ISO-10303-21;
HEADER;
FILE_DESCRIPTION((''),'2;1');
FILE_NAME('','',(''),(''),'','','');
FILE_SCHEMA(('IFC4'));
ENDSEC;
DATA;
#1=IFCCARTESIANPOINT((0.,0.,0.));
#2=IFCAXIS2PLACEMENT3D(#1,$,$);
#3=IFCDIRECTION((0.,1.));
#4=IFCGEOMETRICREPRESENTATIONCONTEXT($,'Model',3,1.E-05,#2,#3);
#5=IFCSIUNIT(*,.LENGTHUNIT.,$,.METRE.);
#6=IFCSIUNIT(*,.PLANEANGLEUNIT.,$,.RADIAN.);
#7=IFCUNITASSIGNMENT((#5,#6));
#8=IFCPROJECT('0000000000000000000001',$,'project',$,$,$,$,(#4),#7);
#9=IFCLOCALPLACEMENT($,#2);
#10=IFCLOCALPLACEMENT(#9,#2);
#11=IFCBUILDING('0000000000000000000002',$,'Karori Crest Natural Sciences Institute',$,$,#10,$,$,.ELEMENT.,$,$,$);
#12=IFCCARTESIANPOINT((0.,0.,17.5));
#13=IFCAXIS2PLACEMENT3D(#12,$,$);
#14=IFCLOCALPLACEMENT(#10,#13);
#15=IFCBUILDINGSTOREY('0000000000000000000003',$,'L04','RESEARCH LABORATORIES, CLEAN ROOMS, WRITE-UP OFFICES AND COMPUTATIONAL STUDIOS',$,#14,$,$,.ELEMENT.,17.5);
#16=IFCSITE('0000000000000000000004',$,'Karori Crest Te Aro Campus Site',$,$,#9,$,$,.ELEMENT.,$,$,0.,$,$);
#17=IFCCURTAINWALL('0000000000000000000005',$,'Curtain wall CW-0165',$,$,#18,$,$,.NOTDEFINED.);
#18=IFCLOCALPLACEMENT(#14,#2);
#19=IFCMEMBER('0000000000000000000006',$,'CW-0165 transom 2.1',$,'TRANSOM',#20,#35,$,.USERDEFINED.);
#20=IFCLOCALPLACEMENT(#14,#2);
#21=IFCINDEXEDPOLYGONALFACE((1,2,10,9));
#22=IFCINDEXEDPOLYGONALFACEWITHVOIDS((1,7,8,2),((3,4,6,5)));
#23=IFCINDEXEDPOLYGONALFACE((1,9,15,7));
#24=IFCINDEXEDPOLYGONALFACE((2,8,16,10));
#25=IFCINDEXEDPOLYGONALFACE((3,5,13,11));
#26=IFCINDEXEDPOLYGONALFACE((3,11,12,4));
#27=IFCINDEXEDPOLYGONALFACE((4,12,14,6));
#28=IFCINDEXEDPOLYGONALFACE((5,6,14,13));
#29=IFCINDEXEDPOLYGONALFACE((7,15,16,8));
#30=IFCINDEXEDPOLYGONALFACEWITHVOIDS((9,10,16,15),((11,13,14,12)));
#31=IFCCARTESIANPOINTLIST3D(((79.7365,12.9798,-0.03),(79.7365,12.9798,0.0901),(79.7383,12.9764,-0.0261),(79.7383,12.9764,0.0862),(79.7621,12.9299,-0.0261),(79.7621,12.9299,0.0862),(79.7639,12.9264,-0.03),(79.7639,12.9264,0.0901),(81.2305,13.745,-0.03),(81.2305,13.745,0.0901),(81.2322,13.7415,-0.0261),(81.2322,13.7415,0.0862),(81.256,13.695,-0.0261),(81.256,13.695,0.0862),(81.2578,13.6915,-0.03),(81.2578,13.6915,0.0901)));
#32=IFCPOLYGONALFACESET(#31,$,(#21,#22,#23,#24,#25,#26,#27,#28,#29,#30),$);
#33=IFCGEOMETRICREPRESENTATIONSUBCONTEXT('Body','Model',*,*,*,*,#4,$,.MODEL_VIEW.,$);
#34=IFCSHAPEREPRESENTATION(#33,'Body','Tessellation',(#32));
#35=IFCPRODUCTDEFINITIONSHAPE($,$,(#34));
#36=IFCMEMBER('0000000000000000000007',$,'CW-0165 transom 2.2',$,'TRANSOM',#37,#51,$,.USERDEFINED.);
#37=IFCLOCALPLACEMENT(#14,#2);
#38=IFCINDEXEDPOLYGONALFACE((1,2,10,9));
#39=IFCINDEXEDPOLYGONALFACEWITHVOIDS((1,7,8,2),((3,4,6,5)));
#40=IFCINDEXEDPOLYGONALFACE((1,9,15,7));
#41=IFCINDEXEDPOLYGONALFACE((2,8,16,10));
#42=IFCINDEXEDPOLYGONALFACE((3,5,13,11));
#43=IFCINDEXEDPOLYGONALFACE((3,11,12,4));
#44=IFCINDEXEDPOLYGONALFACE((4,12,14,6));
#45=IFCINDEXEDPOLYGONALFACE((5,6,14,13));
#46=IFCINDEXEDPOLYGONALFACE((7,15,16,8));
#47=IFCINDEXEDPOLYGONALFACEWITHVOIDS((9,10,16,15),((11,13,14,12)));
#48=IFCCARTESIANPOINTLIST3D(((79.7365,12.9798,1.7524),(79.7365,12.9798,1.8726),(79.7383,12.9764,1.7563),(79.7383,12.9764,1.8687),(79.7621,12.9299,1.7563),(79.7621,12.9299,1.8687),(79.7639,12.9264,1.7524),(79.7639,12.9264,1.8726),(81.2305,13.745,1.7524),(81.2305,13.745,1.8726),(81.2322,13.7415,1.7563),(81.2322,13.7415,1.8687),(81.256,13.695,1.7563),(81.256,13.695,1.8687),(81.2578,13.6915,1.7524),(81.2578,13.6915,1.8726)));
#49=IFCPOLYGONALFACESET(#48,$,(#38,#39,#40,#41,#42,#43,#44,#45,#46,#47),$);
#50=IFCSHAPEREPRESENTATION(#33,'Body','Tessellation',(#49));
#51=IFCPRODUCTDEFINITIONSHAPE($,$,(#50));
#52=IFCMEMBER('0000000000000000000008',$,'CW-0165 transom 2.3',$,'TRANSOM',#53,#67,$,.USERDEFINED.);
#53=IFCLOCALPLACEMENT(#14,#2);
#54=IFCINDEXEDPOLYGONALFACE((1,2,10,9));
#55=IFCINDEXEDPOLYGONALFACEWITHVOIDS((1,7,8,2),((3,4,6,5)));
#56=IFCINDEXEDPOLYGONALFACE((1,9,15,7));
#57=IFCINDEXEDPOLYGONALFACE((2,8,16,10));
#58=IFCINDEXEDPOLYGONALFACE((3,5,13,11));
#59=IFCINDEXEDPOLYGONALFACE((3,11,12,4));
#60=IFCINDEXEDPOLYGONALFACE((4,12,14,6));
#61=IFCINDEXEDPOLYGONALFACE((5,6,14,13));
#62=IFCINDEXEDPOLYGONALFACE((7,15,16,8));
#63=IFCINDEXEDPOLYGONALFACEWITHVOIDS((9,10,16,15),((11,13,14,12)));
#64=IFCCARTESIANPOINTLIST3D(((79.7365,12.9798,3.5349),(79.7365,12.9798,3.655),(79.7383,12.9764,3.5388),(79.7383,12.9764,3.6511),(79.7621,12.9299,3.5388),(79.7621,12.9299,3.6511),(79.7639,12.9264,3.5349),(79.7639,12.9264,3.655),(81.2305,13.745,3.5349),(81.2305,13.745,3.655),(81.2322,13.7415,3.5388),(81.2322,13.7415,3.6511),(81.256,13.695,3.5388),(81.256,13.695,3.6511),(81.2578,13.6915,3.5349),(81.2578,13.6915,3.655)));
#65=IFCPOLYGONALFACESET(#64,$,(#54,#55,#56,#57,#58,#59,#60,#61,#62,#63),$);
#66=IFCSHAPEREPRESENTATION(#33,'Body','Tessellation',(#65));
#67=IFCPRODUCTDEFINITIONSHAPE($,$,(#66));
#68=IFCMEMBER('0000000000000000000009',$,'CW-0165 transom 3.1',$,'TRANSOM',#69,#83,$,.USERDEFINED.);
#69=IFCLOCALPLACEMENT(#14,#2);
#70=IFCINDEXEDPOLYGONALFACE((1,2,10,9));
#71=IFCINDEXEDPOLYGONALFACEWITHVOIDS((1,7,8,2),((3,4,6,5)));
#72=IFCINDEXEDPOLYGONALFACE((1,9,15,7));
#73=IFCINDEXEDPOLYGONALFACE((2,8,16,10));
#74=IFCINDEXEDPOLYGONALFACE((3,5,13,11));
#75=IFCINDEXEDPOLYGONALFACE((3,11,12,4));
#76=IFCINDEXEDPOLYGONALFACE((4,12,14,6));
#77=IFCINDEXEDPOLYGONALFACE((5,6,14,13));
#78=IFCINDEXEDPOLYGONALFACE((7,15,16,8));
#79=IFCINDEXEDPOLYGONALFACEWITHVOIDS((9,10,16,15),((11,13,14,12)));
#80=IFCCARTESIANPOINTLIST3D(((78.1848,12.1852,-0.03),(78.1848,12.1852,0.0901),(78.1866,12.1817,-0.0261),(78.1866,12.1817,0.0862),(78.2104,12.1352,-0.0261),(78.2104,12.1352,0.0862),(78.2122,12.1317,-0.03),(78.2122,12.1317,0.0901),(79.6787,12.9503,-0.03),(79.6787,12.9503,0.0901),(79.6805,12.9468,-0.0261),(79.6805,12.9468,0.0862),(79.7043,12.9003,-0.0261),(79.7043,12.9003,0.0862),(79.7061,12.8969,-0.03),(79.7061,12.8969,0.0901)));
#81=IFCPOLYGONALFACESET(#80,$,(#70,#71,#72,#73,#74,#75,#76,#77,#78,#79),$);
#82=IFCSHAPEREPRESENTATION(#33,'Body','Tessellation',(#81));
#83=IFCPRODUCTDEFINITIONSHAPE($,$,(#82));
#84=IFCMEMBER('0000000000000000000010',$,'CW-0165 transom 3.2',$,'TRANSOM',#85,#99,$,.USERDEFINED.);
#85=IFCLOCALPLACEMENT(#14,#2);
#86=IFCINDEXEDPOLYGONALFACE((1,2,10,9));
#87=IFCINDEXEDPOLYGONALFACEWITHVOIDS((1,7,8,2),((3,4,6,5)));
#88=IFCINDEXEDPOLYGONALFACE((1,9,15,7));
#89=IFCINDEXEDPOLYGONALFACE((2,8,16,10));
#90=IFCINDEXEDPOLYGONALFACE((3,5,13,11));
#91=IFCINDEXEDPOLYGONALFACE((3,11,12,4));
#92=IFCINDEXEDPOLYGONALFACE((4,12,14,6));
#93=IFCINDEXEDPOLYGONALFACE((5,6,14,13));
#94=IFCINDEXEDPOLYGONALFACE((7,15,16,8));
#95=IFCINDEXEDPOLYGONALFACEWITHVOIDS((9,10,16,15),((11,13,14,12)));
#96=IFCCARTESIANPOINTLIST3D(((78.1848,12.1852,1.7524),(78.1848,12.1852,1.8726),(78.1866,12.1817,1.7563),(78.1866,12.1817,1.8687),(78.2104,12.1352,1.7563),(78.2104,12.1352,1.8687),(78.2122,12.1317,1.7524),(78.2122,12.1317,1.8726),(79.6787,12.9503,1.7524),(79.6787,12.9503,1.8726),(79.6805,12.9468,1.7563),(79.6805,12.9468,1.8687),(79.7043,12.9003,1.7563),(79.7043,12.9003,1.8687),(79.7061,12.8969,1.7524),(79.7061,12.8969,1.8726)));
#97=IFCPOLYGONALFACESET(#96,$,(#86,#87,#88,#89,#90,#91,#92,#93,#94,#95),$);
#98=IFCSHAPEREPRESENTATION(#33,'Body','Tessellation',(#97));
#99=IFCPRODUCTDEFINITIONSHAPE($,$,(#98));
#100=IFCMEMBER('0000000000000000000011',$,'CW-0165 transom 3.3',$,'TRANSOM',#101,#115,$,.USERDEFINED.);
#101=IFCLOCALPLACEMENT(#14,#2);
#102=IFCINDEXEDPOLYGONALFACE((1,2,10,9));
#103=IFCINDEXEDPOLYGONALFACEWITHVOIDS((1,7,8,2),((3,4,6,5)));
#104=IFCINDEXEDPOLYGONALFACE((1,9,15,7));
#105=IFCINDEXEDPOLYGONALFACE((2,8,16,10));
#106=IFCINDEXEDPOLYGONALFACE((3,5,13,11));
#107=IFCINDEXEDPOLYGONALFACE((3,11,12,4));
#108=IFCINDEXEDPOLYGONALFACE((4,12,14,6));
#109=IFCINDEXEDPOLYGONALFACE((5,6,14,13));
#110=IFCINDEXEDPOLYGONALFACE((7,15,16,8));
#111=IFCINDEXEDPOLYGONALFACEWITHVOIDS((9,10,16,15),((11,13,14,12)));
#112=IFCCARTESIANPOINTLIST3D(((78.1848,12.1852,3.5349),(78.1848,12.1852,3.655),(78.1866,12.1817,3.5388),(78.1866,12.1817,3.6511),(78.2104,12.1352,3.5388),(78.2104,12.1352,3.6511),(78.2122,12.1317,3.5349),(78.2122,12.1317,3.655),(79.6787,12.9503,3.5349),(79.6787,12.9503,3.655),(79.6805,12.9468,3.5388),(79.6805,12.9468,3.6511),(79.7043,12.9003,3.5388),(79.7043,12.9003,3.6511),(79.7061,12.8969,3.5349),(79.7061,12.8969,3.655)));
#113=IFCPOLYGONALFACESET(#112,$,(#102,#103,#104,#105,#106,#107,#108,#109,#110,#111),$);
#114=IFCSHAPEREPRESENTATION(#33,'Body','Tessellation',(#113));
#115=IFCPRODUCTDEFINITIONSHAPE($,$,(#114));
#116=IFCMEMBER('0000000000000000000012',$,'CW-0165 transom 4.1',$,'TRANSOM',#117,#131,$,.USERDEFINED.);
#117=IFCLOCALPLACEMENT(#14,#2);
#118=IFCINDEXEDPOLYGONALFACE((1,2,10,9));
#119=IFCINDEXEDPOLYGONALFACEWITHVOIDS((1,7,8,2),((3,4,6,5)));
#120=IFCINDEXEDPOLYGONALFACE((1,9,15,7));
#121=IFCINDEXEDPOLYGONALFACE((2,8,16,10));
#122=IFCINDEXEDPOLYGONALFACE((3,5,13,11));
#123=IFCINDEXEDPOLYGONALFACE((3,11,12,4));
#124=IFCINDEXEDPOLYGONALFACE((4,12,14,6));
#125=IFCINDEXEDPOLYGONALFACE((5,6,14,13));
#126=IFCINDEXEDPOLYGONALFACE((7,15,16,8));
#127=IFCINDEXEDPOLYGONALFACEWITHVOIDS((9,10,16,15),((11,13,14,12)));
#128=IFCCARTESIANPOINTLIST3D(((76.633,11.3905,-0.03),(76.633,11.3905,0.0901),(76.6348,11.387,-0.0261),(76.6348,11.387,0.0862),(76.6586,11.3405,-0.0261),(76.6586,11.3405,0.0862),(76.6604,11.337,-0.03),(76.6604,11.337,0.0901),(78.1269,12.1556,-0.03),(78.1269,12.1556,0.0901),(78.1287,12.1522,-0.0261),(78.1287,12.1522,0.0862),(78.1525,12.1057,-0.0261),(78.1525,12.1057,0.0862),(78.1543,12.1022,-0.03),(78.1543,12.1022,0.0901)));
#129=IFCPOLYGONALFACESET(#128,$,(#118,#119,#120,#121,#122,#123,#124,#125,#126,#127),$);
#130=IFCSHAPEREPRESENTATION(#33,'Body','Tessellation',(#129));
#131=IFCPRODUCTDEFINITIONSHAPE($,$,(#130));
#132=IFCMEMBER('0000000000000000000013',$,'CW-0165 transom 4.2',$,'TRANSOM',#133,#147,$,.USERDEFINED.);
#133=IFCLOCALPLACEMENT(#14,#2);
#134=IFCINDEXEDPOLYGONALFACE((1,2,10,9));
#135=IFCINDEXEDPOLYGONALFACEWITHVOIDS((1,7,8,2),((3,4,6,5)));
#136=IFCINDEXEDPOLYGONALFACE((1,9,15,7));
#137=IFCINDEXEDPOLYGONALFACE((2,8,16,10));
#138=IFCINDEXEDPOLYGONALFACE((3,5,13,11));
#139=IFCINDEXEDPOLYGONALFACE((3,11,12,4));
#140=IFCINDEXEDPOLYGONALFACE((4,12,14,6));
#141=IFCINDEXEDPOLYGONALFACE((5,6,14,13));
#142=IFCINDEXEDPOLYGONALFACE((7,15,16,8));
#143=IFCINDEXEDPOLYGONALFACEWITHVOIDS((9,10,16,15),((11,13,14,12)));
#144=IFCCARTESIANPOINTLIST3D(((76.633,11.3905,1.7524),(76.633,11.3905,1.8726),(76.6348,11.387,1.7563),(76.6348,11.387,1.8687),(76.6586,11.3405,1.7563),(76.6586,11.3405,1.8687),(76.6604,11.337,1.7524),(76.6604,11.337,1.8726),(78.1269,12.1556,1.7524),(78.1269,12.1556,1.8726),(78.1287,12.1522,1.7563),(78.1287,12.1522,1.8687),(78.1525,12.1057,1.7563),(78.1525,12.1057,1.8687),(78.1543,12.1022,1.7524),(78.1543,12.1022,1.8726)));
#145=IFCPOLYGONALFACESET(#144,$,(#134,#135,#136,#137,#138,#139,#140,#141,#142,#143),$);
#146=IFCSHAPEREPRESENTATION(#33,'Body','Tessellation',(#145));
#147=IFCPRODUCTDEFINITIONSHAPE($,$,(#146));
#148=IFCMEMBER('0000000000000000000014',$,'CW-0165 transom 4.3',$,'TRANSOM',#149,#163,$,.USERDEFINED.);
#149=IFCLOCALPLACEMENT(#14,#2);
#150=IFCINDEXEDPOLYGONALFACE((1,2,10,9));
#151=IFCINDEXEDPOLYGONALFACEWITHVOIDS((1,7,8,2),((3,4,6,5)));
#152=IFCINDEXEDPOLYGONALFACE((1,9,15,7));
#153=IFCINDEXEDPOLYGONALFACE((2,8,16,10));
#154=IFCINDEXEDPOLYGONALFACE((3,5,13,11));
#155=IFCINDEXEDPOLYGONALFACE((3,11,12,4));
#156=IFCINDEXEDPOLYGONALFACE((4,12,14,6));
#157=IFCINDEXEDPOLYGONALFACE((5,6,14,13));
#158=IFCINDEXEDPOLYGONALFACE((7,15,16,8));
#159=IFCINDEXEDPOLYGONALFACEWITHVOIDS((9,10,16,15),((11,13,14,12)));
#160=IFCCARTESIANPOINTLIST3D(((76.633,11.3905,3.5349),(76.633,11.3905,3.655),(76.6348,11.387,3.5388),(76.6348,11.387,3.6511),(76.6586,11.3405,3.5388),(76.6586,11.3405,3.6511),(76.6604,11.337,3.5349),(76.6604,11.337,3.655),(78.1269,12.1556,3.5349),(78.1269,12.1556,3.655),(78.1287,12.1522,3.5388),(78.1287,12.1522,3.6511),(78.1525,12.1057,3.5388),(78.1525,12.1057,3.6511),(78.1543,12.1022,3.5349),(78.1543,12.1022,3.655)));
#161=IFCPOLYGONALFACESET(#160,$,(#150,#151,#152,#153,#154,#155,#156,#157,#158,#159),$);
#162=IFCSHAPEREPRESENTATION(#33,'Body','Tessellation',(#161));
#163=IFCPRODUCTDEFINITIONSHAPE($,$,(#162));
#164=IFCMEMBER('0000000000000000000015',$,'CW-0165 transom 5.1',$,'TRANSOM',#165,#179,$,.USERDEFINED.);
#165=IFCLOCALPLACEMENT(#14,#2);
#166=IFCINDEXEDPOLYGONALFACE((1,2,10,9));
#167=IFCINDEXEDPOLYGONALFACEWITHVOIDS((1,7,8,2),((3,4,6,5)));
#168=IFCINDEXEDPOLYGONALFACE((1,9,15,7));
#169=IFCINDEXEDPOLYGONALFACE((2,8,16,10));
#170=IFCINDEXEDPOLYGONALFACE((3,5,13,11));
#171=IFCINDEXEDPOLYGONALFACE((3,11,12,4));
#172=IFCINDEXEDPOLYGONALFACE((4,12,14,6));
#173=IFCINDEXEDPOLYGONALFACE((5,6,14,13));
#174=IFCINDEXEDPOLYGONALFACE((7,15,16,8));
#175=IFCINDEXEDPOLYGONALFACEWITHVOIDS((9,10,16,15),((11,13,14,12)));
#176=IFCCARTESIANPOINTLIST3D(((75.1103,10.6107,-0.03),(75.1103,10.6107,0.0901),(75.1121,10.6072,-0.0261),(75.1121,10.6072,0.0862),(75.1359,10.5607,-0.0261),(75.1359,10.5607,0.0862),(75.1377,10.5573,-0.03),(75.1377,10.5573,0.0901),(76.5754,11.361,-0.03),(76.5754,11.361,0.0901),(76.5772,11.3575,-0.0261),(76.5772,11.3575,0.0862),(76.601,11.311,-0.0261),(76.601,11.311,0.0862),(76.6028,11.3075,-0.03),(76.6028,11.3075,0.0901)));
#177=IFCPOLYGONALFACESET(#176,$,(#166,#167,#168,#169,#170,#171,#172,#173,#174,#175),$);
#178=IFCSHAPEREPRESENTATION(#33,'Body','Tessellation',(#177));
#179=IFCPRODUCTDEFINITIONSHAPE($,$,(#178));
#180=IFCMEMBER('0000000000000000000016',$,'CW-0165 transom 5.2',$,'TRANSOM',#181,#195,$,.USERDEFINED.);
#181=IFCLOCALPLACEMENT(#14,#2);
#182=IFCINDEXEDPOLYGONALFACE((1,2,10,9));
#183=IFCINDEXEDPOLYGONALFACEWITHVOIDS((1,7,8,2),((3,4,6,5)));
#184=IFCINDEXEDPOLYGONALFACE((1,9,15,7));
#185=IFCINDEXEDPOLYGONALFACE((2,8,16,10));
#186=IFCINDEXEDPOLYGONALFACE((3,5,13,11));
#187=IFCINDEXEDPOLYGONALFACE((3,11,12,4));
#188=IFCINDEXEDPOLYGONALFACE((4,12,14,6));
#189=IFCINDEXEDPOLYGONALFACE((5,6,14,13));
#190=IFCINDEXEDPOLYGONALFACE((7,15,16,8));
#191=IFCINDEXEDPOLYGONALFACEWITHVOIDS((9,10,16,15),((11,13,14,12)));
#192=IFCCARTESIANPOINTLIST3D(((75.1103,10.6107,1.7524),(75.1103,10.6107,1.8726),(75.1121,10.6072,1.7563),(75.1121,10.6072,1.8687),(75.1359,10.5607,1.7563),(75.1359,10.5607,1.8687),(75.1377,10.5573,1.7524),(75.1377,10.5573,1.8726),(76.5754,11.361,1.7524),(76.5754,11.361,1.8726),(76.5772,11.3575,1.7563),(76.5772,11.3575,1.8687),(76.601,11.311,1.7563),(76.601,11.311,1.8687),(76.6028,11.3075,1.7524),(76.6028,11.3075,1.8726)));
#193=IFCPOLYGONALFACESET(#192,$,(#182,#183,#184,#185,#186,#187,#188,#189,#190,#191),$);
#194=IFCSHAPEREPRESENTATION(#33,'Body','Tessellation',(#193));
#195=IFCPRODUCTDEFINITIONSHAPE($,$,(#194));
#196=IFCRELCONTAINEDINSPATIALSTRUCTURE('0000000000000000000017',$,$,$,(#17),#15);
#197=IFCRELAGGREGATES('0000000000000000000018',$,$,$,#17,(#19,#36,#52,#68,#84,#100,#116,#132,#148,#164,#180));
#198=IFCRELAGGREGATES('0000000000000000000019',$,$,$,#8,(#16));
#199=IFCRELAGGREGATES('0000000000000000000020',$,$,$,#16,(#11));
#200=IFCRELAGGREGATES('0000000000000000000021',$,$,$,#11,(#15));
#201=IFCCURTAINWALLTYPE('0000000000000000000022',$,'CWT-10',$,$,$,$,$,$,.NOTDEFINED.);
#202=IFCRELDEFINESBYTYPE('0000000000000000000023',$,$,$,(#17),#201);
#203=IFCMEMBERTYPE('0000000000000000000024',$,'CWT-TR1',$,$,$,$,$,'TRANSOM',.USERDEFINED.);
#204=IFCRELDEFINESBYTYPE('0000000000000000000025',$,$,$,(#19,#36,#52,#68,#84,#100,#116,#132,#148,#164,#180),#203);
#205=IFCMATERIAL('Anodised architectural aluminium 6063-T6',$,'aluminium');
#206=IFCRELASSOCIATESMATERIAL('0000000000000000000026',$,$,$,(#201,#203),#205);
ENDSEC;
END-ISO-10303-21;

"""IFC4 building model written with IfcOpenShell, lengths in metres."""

from ifc_helpers import new_model, si_unit, direction, frame, origin, origin_2d, place, context, subcontext, project, spatial, hollow_rectangle, extrude, material, material_profile, profile_set, type_object, element, aggregate, save


model = new_model("IFC4")

# Units and contexts
model_context = context("Model", 3, precision=1e-05, world=origin(), true_north=direction((0.0, 1.0)))
body_context = subcontext(model_context, "Body", "Model", "MODEL_VIEW")
ifc_project = project(units=[si_unit("LENGTHUNIT", "METRE"), si_unit("PLANEANGLEUNIT", "RADIAN")], contexts=[model_context])

# Site, building, storey
site_placement = place(None, origin())
site = spatial("IfcSite", under=ifc_project, at=site_placement, Name="Karori Crest Te Aro Campus Site", CompositionType="ELEMENT", RefElevation=0.0)
building_placement = place(site_placement, origin())
building = spatial("IfcBuilding", under=site, at=building_placement, Name="Karori Crest Natural Sciences Institute", CompositionType="ELEMENT")
storey_placement = place(building_placement, frame((0.0, 0.0, 17.5)))
storey = spatial("IfcBuildingStorey", under=building, at=storey_placement, Name="L04", Description="RESEARCH LABORATORIES, CLEAN ROOMS, WRITE-UP OFFICES AND COMPUTATIONAL STUDIOS", CompositionType="ELEMENT", Elevation=17.5)

# Curtain wall, members
ifc_material_1 = material(Name="Anodised architectural aluminium 6063-T6", Category="aluminium")
curtain_wall_type = type_object("IfcCurtainWallType", Name="CWT-10", PredefinedType="NOTDEFINED", material=ifc_material_1)
curtain_wall_placement = place(storey_placement, origin())
curtain_wall = element("IfcCurtainWall", 1, at=curtain_wall_placement, inside=storey, type_object=curtain_wall_type, Name="Curtain wall CW-0165", PredefinedType="NOTDEFINED")
ifc_material_profile_1 = material_profile(ifc_material_1, hollow_rectangle(XDim=0.0601, YDim=0.1201, WallThickness=0.0039, at=origin_2d()), Name="CWT120x60x4")
ifc_profile_set_1 = profile_set([ifc_material_profile_1], Name="Anodised architectural aluminium 6063-T6")
member_type_1 = type_object("IfcMemberType", Name="CWT-TR1", ElementType="TRANSOM", PredefinedType="USERDEFINED", material=ifc_profile_set_1)
member_1_placement = place(storey_placement, frame((81.2441, 13.7183, 0.03), z_axis=(-0.890051, -0.455862, 0.0), x_axis=(0.455862, -0.890051, 0.0)))
member_1 = element("IfcMember", 2, at=member_1_placement, type_object=member_type_1, Name="CW-0165 transom 2.1", ObjectType="TRANSOM", PredefinedType="USERDEFINED", context=body_context, shape_type="SweptSolid", body=[
    extrude(hollow_rectangle(XDim=0.0601, YDim=0.1201, WallThickness=0.0039, at=origin_2d()), origin(), (0.0, 0.0, 1.0), 1.6785),
])
member_2_placement = place(storey_placement, frame((81.2441, 13.7183, 1.8125), z_axis=(-0.890051, -0.455862, 0.0), x_axis=(0.455862, -0.890051, 0.0)))
member_2 = element("IfcMember", 3, at=member_2_placement, type_object=member_type_1, Name="CW-0165 transom 2.2", ObjectType="TRANSOM", PredefinedType="USERDEFINED", context=body_context, shape_type="SweptSolid", body=[
    extrude(hollow_rectangle(XDim=0.0601, YDim=0.1201, WallThickness=0.0039, at=origin_2d()), origin(), (0.0, 0.0, 1.0), 1.6785),
])
member_3_placement = place(storey_placement, frame((81.2441, 13.7183, 3.595), z_axis=(-0.890051, -0.455862, 0.0), x_axis=(0.455862, -0.890051, 0.0)))
member_3 = element("IfcMember", 4, at=member_3_placement, type_object=member_type_1, Name="CW-0165 transom 2.3", ObjectType="TRANSOM", PredefinedType="USERDEFINED", context=body_context, shape_type="SweptSolid", body=[
    extrude(hollow_rectangle(XDim=0.0601, YDim=0.1201, WallThickness=0.0039, at=origin_2d()), origin(), (0.0, 0.0, 1.0), 1.6785),
])
member_4_placement = place(storey_placement, frame((79.6924, 12.9236, 0.03), z_axis=(-0.890051, -0.455862, 0.0), x_axis=(0.455862, -0.890051, 0.0)))
member_4 = element("IfcMember", 5, at=member_4_placement, type_object=member_type_1, Name="CW-0165 transom 3.1", ObjectType="TRANSOM", PredefinedType="USERDEFINED", context=body_context, shape_type="SweptSolid", body=[
    extrude(hollow_rectangle(XDim=0.0601, YDim=0.1201, WallThickness=0.0039, at=origin_2d()), origin(), (0.0, 0.0, 1.0), 1.6785),
])
member_5_placement = place(storey_placement, frame((79.6924, 12.9236, 1.8125), z_axis=(-0.890051, -0.455862, 0.0), x_axis=(0.455862, -0.890051, 0.0)))
member_5 = element("IfcMember", 6, at=member_5_placement, type_object=member_type_1, Name="CW-0165 transom 3.2", ObjectType="TRANSOM", PredefinedType="USERDEFINED", context=body_context, shape_type="SweptSolid", body=[
    extrude(hollow_rectangle(XDim=0.0601, YDim=0.1201, WallThickness=0.0039, at=origin_2d()), origin(), (0.0, 0.0, 1.0), 1.6785),
])
member_6_placement = place(storey_placement, frame((79.6924, 12.9236, 3.595), z_axis=(-0.890051, -0.455862, 0.0), x_axis=(0.455862, -0.890051, 0.0)))
member_6 = element("IfcMember", 7, at=member_6_placement, type_object=member_type_1, Name="CW-0165 transom 3.3", ObjectType="TRANSOM", PredefinedType="USERDEFINED", context=body_context, shape_type="SweptSolid", body=[
    extrude(hollow_rectangle(XDim=0.0601, YDim=0.1201, WallThickness=0.0039, at=origin_2d()), origin(), (0.0, 0.0, 1.0), 1.6785),
])
member_7_placement = place(storey_placement, frame((78.1406, 12.1289, 0.03), z_axis=(-0.890051, -0.455862, 0.0), x_axis=(0.455862, -0.890051, 0.0)))
member_7 = element("IfcMember", 8, at=member_7_placement, type_object=member_type_1, Name="CW-0165 transom 4.1", ObjectType="TRANSOM", PredefinedType="USERDEFINED", context=body_context, shape_type="SweptSolid", body=[
    extrude(hollow_rectangle(XDim=0.0601, YDim=0.1201, WallThickness=0.0039, at=origin_2d()), origin(), (0.0, 0.0, 1.0), 1.6785),
])
member_8_placement = place(storey_placement, frame((78.1406, 12.1289, 1.8125), z_axis=(-0.890051, -0.455862, 0.0), x_axis=(0.455862, -0.890051, 0.0)))
member_8 = element("IfcMember", 9, at=member_8_placement, type_object=member_type_1, Name="CW-0165 transom 4.2", ObjectType="TRANSOM", PredefinedType="USERDEFINED", context=body_context, shape_type="SweptSolid", body=[
    extrude(hollow_rectangle(XDim=0.0601, YDim=0.1201, WallThickness=0.0039, at=origin_2d()), origin(), (0.0, 0.0, 1.0), 1.6785),
])
member_9_placement = place(storey_placement, frame((78.1406, 12.1289, 3.595), z_axis=(-0.890051, -0.455862, 0.0), x_axis=(0.455862, -0.890051, 0.0)))
member_9 = element("IfcMember", 10, at=member_9_placement, type_object=member_type_1, Name="CW-0165 transom 4.3", ObjectType="TRANSOM", PredefinedType="USERDEFINED", context=body_context, shape_type="SweptSolid", body=[
    extrude(hollow_rectangle(XDim=0.0601, YDim=0.1201, WallThickness=0.0039, at=origin_2d()), origin(), (0.0, 0.0, 1.0), 1.6785),
])
member_10_placement = place(storey_placement, frame((76.5891, 11.3342, 0.03), z_axis=(-0.890084, -0.455796, 0.0), x_axis=(0.455796, -0.890084, 0.0)))
member_10 = element("IfcMember", 11, at=member_10_placement, type_object=member_type_1, Name="CW-0165 transom 5.1", ObjectType="TRANSOM", PredefinedType="USERDEFINED", context=body_context, shape_type="SweptSolid", body=[
    extrude(hollow_rectangle(XDim=0.0601, YDim=0.1201, WallThickness=0.0039, at=origin_2d()), origin(), (0.0, 0.0, 1.0), 1.646),
])
member_11_placement = place(storey_placement, frame((76.5891, 11.3342, 1.8125), z_axis=(-0.890084, -0.455796, 0.0), x_axis=(0.455796, -0.890084, 0.0)))
member_11 = element("IfcMember", 12, at=member_11_placement, type_object=member_type_1, Name="CW-0165 transom 5.2", ObjectType="TRANSOM", PredefinedType="USERDEFINED", context=body_context, shape_type="SweptSolid", body=[
    extrude(hollow_rectangle(XDim=0.0601, YDim=0.1201, WallThickness=0.0039, at=origin_2d()), origin(), (0.0, 0.0, 1.0), 1.646),
])
aggregate(curtain_wall, [member_1, member_2, member_3, member_4, member_5, member_6, member_7, member_8, member_9, member_10, member_11])

save(model, "model.ifc")
